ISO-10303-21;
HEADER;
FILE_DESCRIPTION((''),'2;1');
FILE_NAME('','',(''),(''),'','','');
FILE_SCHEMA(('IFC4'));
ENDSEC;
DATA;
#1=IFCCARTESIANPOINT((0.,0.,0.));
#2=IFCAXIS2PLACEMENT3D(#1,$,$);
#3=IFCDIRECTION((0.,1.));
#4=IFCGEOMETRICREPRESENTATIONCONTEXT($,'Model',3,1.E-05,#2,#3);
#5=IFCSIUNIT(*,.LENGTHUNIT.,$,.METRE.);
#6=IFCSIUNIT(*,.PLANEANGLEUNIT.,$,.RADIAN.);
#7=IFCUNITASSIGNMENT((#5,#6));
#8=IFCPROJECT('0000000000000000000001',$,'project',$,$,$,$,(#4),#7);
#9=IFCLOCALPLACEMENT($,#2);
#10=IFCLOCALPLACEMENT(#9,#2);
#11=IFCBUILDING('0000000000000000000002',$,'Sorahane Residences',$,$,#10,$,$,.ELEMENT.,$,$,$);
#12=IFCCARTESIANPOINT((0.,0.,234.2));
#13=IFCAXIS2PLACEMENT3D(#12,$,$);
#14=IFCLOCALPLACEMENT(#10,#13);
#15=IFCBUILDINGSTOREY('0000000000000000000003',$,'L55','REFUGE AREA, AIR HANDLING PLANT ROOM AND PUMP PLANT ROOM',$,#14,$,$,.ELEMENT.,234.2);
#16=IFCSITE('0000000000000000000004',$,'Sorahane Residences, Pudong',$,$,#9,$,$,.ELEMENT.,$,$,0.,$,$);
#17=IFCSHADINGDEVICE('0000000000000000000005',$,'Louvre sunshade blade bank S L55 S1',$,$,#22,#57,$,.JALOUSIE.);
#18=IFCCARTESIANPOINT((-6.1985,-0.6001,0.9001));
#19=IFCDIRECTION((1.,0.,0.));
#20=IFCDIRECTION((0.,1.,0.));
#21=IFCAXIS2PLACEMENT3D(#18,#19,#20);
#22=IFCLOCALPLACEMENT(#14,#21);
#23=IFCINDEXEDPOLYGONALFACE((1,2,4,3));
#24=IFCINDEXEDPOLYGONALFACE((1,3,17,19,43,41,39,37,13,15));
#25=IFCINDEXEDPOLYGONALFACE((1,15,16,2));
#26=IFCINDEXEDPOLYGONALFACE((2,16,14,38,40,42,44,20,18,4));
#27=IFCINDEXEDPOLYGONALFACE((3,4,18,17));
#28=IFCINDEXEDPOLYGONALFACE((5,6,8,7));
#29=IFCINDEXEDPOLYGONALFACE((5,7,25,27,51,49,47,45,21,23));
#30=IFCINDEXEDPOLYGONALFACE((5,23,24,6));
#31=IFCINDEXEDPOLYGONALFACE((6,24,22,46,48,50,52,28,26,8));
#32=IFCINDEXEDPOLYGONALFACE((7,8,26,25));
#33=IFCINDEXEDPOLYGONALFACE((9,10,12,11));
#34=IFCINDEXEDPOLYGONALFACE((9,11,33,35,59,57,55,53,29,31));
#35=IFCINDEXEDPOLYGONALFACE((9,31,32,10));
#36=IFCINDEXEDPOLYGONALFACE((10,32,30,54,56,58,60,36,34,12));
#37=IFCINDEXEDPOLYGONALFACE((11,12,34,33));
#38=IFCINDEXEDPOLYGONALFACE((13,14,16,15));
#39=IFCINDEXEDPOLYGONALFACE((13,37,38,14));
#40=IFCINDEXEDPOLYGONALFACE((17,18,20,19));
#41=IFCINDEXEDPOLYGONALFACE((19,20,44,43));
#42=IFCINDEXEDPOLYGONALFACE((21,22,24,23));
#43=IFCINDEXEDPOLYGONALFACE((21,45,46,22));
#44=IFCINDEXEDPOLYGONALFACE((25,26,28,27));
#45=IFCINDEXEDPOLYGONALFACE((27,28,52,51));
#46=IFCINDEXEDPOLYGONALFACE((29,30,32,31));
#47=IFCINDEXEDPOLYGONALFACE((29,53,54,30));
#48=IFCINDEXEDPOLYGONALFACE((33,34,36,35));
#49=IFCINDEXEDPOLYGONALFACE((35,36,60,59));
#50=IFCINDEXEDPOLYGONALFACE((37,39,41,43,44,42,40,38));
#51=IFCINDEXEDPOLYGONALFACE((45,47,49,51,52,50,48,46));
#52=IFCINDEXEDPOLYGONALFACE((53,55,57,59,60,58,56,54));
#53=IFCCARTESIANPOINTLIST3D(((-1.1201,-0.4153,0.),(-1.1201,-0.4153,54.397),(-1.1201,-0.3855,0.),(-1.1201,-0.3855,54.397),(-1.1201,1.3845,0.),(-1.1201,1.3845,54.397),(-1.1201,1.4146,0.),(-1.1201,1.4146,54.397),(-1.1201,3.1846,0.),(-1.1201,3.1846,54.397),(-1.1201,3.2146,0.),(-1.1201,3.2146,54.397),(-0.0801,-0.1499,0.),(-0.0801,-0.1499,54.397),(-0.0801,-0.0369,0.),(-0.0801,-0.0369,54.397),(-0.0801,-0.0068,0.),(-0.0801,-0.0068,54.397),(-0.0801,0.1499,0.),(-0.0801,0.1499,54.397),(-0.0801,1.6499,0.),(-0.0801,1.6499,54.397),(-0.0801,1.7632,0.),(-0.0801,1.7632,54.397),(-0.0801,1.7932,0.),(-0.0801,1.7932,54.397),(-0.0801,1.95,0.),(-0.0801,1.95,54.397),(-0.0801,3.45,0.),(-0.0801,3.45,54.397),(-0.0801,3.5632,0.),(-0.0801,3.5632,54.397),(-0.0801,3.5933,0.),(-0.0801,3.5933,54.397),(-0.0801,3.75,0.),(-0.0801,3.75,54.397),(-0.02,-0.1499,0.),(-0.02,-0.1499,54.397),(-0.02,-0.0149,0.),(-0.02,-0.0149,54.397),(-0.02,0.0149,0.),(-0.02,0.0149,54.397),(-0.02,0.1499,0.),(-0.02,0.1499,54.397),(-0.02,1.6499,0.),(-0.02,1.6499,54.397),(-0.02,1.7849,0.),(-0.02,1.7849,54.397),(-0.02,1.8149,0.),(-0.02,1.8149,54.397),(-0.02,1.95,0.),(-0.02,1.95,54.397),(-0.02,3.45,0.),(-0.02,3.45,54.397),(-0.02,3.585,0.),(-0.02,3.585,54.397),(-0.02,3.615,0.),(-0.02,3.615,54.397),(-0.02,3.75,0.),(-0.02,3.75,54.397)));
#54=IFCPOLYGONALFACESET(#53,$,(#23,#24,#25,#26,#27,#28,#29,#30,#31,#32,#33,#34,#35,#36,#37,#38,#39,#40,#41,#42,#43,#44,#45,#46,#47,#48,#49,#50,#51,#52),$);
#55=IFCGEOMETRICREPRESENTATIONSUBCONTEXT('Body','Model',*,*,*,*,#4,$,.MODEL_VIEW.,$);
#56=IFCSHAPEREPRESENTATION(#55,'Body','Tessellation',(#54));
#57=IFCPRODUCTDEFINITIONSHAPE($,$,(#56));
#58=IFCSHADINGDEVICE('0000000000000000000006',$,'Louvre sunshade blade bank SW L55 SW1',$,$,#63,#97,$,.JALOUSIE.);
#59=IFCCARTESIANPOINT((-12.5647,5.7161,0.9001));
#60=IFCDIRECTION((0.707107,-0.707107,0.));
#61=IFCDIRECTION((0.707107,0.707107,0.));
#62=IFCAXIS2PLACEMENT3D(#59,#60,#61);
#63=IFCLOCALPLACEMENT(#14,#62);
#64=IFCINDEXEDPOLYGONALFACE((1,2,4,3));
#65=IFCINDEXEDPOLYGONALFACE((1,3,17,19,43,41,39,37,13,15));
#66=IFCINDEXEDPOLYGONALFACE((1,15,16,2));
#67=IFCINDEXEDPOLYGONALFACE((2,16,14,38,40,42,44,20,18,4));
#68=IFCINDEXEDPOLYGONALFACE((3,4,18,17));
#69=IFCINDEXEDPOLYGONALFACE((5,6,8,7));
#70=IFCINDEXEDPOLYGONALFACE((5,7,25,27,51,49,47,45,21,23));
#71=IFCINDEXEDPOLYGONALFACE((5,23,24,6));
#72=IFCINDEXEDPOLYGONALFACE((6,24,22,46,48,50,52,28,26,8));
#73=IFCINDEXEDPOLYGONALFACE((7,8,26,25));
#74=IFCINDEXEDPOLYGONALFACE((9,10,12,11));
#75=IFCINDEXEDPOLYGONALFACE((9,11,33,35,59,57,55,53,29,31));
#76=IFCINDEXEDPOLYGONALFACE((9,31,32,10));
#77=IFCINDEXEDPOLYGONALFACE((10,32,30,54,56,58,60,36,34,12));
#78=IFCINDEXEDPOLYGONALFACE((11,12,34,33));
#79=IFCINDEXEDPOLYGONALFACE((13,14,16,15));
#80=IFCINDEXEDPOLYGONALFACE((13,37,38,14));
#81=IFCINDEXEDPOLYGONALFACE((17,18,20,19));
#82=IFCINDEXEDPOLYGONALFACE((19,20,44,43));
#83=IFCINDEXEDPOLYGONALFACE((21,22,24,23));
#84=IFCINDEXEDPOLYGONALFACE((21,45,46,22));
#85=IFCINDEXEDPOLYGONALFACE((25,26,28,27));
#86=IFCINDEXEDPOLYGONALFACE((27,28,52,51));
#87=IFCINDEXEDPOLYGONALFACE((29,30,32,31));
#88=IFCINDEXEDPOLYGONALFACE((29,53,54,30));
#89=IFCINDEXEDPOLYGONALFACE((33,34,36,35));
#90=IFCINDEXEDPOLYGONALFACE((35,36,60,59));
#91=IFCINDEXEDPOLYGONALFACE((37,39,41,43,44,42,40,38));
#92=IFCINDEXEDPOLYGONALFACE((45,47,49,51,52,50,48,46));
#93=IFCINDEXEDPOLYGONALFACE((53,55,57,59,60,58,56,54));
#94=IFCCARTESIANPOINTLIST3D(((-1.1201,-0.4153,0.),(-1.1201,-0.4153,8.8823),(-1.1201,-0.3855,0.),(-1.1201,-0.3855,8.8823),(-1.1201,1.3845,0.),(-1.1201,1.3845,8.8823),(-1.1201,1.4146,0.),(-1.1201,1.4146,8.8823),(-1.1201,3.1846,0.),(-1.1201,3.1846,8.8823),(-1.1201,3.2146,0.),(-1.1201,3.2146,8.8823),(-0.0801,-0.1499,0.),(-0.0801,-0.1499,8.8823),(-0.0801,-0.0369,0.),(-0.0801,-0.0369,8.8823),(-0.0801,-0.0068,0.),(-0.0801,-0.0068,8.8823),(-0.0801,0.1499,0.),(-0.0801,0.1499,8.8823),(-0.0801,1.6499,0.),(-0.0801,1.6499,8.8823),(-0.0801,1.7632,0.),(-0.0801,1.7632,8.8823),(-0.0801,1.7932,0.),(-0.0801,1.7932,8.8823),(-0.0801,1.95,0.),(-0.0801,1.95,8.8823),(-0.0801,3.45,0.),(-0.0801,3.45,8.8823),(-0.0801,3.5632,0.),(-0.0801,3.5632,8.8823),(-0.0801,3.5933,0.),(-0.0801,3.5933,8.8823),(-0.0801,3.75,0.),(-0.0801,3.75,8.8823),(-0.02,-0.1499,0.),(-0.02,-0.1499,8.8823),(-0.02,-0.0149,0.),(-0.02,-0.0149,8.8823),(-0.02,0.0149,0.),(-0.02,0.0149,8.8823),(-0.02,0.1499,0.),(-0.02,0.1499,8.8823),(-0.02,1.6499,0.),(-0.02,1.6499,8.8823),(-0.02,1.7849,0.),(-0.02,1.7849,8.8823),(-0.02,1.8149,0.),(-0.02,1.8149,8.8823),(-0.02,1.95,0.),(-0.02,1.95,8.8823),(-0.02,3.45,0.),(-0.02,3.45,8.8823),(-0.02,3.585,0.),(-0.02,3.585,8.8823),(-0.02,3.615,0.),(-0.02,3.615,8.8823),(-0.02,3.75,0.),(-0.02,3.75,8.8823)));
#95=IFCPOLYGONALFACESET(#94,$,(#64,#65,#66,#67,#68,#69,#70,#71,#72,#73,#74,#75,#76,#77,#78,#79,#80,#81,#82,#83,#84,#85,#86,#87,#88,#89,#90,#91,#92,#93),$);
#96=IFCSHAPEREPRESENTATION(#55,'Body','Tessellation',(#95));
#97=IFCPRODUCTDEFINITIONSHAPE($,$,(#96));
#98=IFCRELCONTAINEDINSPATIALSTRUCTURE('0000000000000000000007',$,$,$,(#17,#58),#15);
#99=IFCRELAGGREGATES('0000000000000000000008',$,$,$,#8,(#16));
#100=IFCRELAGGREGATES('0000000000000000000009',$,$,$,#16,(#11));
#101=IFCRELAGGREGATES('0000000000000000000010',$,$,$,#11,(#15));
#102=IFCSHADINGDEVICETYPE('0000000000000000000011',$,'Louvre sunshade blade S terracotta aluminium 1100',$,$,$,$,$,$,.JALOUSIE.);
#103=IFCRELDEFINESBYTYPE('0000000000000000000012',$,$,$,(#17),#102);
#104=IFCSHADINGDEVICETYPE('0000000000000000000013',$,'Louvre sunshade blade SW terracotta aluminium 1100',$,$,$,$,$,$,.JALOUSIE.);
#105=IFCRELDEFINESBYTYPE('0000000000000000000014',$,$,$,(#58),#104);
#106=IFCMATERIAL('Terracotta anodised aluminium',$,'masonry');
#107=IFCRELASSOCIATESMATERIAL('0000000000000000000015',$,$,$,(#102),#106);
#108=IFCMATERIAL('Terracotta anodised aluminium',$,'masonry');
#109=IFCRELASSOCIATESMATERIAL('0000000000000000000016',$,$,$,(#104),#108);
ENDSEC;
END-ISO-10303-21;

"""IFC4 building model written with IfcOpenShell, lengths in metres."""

from ifc_helpers import new_model, si_unit, direction, frame, origin, place, context, subcontext, project, spatial, polyline, outline, composite_profile, extrude, material, type_object, element, save


model = new_model("IFC4")

# Units and contexts
model_context = context("Model", 3, precision=1e-05, world=origin(), true_north=direction((0.0, 1.0)))
body_context = subcontext(model_context, "Body", "Model", "MODEL_VIEW")
ifc_project = project(units=[si_unit("LENGTHUNIT", "METRE"), si_unit("PLANEANGLEUNIT", "RADIAN")], contexts=[model_context])

# Site, building, storey
site_placement = place(None, origin())
site = spatial("IfcSite", under=ifc_project, at=site_placement, Name="Sorahane Residences, Pudong", CompositionType="ELEMENT", RefElevation=0.0)
building_placement = place(site_placement, origin())
building = spatial("IfcBuilding", under=site, at=building_placement, Name="Sorahane Residences", CompositionType="ELEMENT")
storey_placement = place(building_placement, frame((0.0, 0.0, 234.2)))
storey = spatial("IfcBuildingStorey", under=building, at=storey_placement, Name="L55", Description="REFUGE AREA, AIR HANDLING PLANT ROOM AND PUMP PLANT ROOM", CompositionType="ELEMENT", Elevation=234.2)

# Shading devices
ifc_material_1 = material(Name="Terracotta anodised aluminium", Category="masonry")
shading_device_type_1 = type_object("IfcShadingDeviceType", Name="Louvre sunshade blade S terracotta aluminium 1100", PredefinedType="JALOUSIE", material=ifc_material_1)
shading_device_1_placement = place(storey_placement, frame((-6.1985, -0.6001, 0.9001), z_axis=(1.0, 0.0, 0.0), x_axis=(0.0, 1.0, 0.0)))
element("IfcShadingDevice", 1, at=shading_device_1_placement, inside=storey, type_object=shading_device_type_1, Name="Louvre sunshade blade bank S L55 S1", PredefinedType="JALOUSIE", context=body_context, shape_type="SweptSolid", body=[
    extrude(composite_profile([outline(polyline([(-1.1201, -0.3855), (-1.1201, -0.4153), (-0.0801, -0.0369), (-0.0801, -0.1499), (-0.02, -0.1499), (-0.02, -0.0149), (-0.02, 0.0149), (-0.02, 0.1499), (-0.0801, 0.1499), (-0.0801, -0.0068), (-1.1201, -0.3855)])), outline(polyline([(-1.1201, 1.4146), (-1.1201, 1.3845), (-0.0801, 1.7632), (-0.0801, 1.6499), (-0.02, 1.6499), (-0.02, 1.7849), (-0.02, 1.8149), (-0.02, 1.95), (-0.0801, 1.95), (-0.0801, 1.7932), (-1.1201, 1.4146)])), outline(polyline([(-1.1201, 3.2146), (-1.1201, 3.1846), (-0.0801, 3.5632), (-0.0801, 3.45), (-0.02, 3.45), (-0.02, 3.585), (-0.02, 3.615), (-0.02, 3.75), (-0.0801, 3.75), (-0.0801, 3.5933), (-1.1201, 3.2146)]))]), origin(), (0.0, 0.0, 1.0), 54.397),
])
ifc_material_2 = material(Name="Terracotta anodised aluminium", Category="masonry")
shading_device_type_2 = type_object("IfcShadingDeviceType", Name="Louvre sunshade blade SW terracotta aluminium 1100", PredefinedType="JALOUSIE", material=ifc_material_2)
shading_device_2_placement = place(storey_placement, frame((-12.5647, 5.7161, 0.9001), z_axis=(0.707107, -0.707107, 0.0), x_axis=(0.707107, 0.707107, 0.0)))
element("IfcShadingDevice", 2, at=shading_device_2_placement, inside=storey, type_object=shading_device_type_2, Name="Louvre sunshade blade bank SW L55 SW1", PredefinedType="JALOUSIE", context=body_context, shape_type="SweptSolid", body=[
    extrude(composite_profile([outline(polyline([(-1.1201, -0.3855), (-1.1201, -0.4153), (-0.0801, -0.0369), (-0.0801, -0.1499), (-0.02, -0.1499), (-0.02, -0.0149), (-0.02, 0.0149), (-0.02, 0.1499), (-0.0801, 0.1499), (-0.0801, -0.0068), (-1.1201, -0.3855)])), outline(polyline([(-1.1201, 1.4146), (-1.1201, 1.3845), (-0.0801, 1.7632), (-0.0801, 1.6499), (-0.02, 1.6499), (-0.02, 1.7849), (-0.02, 1.8149), (-0.02, 1.95), (-0.0801, 1.95), (-0.0801, 1.7932), (-1.1201, 1.4146)])), outline(polyline([(-1.1201, 3.2146), (-1.1201, 3.1846), (-0.0801, 3.5632), (-0.0801, 3.45), (-0.02, 3.45), (-0.02, 3.585), (-0.02, 3.615), (-0.02, 3.75), (-0.0801, 3.75), (-0.0801, 3.5933), (-1.1201, 3.2146)]))]), origin(), (0.0, 0.0, 1.0), 8.8823),
])

save(model, "model.ifc")
